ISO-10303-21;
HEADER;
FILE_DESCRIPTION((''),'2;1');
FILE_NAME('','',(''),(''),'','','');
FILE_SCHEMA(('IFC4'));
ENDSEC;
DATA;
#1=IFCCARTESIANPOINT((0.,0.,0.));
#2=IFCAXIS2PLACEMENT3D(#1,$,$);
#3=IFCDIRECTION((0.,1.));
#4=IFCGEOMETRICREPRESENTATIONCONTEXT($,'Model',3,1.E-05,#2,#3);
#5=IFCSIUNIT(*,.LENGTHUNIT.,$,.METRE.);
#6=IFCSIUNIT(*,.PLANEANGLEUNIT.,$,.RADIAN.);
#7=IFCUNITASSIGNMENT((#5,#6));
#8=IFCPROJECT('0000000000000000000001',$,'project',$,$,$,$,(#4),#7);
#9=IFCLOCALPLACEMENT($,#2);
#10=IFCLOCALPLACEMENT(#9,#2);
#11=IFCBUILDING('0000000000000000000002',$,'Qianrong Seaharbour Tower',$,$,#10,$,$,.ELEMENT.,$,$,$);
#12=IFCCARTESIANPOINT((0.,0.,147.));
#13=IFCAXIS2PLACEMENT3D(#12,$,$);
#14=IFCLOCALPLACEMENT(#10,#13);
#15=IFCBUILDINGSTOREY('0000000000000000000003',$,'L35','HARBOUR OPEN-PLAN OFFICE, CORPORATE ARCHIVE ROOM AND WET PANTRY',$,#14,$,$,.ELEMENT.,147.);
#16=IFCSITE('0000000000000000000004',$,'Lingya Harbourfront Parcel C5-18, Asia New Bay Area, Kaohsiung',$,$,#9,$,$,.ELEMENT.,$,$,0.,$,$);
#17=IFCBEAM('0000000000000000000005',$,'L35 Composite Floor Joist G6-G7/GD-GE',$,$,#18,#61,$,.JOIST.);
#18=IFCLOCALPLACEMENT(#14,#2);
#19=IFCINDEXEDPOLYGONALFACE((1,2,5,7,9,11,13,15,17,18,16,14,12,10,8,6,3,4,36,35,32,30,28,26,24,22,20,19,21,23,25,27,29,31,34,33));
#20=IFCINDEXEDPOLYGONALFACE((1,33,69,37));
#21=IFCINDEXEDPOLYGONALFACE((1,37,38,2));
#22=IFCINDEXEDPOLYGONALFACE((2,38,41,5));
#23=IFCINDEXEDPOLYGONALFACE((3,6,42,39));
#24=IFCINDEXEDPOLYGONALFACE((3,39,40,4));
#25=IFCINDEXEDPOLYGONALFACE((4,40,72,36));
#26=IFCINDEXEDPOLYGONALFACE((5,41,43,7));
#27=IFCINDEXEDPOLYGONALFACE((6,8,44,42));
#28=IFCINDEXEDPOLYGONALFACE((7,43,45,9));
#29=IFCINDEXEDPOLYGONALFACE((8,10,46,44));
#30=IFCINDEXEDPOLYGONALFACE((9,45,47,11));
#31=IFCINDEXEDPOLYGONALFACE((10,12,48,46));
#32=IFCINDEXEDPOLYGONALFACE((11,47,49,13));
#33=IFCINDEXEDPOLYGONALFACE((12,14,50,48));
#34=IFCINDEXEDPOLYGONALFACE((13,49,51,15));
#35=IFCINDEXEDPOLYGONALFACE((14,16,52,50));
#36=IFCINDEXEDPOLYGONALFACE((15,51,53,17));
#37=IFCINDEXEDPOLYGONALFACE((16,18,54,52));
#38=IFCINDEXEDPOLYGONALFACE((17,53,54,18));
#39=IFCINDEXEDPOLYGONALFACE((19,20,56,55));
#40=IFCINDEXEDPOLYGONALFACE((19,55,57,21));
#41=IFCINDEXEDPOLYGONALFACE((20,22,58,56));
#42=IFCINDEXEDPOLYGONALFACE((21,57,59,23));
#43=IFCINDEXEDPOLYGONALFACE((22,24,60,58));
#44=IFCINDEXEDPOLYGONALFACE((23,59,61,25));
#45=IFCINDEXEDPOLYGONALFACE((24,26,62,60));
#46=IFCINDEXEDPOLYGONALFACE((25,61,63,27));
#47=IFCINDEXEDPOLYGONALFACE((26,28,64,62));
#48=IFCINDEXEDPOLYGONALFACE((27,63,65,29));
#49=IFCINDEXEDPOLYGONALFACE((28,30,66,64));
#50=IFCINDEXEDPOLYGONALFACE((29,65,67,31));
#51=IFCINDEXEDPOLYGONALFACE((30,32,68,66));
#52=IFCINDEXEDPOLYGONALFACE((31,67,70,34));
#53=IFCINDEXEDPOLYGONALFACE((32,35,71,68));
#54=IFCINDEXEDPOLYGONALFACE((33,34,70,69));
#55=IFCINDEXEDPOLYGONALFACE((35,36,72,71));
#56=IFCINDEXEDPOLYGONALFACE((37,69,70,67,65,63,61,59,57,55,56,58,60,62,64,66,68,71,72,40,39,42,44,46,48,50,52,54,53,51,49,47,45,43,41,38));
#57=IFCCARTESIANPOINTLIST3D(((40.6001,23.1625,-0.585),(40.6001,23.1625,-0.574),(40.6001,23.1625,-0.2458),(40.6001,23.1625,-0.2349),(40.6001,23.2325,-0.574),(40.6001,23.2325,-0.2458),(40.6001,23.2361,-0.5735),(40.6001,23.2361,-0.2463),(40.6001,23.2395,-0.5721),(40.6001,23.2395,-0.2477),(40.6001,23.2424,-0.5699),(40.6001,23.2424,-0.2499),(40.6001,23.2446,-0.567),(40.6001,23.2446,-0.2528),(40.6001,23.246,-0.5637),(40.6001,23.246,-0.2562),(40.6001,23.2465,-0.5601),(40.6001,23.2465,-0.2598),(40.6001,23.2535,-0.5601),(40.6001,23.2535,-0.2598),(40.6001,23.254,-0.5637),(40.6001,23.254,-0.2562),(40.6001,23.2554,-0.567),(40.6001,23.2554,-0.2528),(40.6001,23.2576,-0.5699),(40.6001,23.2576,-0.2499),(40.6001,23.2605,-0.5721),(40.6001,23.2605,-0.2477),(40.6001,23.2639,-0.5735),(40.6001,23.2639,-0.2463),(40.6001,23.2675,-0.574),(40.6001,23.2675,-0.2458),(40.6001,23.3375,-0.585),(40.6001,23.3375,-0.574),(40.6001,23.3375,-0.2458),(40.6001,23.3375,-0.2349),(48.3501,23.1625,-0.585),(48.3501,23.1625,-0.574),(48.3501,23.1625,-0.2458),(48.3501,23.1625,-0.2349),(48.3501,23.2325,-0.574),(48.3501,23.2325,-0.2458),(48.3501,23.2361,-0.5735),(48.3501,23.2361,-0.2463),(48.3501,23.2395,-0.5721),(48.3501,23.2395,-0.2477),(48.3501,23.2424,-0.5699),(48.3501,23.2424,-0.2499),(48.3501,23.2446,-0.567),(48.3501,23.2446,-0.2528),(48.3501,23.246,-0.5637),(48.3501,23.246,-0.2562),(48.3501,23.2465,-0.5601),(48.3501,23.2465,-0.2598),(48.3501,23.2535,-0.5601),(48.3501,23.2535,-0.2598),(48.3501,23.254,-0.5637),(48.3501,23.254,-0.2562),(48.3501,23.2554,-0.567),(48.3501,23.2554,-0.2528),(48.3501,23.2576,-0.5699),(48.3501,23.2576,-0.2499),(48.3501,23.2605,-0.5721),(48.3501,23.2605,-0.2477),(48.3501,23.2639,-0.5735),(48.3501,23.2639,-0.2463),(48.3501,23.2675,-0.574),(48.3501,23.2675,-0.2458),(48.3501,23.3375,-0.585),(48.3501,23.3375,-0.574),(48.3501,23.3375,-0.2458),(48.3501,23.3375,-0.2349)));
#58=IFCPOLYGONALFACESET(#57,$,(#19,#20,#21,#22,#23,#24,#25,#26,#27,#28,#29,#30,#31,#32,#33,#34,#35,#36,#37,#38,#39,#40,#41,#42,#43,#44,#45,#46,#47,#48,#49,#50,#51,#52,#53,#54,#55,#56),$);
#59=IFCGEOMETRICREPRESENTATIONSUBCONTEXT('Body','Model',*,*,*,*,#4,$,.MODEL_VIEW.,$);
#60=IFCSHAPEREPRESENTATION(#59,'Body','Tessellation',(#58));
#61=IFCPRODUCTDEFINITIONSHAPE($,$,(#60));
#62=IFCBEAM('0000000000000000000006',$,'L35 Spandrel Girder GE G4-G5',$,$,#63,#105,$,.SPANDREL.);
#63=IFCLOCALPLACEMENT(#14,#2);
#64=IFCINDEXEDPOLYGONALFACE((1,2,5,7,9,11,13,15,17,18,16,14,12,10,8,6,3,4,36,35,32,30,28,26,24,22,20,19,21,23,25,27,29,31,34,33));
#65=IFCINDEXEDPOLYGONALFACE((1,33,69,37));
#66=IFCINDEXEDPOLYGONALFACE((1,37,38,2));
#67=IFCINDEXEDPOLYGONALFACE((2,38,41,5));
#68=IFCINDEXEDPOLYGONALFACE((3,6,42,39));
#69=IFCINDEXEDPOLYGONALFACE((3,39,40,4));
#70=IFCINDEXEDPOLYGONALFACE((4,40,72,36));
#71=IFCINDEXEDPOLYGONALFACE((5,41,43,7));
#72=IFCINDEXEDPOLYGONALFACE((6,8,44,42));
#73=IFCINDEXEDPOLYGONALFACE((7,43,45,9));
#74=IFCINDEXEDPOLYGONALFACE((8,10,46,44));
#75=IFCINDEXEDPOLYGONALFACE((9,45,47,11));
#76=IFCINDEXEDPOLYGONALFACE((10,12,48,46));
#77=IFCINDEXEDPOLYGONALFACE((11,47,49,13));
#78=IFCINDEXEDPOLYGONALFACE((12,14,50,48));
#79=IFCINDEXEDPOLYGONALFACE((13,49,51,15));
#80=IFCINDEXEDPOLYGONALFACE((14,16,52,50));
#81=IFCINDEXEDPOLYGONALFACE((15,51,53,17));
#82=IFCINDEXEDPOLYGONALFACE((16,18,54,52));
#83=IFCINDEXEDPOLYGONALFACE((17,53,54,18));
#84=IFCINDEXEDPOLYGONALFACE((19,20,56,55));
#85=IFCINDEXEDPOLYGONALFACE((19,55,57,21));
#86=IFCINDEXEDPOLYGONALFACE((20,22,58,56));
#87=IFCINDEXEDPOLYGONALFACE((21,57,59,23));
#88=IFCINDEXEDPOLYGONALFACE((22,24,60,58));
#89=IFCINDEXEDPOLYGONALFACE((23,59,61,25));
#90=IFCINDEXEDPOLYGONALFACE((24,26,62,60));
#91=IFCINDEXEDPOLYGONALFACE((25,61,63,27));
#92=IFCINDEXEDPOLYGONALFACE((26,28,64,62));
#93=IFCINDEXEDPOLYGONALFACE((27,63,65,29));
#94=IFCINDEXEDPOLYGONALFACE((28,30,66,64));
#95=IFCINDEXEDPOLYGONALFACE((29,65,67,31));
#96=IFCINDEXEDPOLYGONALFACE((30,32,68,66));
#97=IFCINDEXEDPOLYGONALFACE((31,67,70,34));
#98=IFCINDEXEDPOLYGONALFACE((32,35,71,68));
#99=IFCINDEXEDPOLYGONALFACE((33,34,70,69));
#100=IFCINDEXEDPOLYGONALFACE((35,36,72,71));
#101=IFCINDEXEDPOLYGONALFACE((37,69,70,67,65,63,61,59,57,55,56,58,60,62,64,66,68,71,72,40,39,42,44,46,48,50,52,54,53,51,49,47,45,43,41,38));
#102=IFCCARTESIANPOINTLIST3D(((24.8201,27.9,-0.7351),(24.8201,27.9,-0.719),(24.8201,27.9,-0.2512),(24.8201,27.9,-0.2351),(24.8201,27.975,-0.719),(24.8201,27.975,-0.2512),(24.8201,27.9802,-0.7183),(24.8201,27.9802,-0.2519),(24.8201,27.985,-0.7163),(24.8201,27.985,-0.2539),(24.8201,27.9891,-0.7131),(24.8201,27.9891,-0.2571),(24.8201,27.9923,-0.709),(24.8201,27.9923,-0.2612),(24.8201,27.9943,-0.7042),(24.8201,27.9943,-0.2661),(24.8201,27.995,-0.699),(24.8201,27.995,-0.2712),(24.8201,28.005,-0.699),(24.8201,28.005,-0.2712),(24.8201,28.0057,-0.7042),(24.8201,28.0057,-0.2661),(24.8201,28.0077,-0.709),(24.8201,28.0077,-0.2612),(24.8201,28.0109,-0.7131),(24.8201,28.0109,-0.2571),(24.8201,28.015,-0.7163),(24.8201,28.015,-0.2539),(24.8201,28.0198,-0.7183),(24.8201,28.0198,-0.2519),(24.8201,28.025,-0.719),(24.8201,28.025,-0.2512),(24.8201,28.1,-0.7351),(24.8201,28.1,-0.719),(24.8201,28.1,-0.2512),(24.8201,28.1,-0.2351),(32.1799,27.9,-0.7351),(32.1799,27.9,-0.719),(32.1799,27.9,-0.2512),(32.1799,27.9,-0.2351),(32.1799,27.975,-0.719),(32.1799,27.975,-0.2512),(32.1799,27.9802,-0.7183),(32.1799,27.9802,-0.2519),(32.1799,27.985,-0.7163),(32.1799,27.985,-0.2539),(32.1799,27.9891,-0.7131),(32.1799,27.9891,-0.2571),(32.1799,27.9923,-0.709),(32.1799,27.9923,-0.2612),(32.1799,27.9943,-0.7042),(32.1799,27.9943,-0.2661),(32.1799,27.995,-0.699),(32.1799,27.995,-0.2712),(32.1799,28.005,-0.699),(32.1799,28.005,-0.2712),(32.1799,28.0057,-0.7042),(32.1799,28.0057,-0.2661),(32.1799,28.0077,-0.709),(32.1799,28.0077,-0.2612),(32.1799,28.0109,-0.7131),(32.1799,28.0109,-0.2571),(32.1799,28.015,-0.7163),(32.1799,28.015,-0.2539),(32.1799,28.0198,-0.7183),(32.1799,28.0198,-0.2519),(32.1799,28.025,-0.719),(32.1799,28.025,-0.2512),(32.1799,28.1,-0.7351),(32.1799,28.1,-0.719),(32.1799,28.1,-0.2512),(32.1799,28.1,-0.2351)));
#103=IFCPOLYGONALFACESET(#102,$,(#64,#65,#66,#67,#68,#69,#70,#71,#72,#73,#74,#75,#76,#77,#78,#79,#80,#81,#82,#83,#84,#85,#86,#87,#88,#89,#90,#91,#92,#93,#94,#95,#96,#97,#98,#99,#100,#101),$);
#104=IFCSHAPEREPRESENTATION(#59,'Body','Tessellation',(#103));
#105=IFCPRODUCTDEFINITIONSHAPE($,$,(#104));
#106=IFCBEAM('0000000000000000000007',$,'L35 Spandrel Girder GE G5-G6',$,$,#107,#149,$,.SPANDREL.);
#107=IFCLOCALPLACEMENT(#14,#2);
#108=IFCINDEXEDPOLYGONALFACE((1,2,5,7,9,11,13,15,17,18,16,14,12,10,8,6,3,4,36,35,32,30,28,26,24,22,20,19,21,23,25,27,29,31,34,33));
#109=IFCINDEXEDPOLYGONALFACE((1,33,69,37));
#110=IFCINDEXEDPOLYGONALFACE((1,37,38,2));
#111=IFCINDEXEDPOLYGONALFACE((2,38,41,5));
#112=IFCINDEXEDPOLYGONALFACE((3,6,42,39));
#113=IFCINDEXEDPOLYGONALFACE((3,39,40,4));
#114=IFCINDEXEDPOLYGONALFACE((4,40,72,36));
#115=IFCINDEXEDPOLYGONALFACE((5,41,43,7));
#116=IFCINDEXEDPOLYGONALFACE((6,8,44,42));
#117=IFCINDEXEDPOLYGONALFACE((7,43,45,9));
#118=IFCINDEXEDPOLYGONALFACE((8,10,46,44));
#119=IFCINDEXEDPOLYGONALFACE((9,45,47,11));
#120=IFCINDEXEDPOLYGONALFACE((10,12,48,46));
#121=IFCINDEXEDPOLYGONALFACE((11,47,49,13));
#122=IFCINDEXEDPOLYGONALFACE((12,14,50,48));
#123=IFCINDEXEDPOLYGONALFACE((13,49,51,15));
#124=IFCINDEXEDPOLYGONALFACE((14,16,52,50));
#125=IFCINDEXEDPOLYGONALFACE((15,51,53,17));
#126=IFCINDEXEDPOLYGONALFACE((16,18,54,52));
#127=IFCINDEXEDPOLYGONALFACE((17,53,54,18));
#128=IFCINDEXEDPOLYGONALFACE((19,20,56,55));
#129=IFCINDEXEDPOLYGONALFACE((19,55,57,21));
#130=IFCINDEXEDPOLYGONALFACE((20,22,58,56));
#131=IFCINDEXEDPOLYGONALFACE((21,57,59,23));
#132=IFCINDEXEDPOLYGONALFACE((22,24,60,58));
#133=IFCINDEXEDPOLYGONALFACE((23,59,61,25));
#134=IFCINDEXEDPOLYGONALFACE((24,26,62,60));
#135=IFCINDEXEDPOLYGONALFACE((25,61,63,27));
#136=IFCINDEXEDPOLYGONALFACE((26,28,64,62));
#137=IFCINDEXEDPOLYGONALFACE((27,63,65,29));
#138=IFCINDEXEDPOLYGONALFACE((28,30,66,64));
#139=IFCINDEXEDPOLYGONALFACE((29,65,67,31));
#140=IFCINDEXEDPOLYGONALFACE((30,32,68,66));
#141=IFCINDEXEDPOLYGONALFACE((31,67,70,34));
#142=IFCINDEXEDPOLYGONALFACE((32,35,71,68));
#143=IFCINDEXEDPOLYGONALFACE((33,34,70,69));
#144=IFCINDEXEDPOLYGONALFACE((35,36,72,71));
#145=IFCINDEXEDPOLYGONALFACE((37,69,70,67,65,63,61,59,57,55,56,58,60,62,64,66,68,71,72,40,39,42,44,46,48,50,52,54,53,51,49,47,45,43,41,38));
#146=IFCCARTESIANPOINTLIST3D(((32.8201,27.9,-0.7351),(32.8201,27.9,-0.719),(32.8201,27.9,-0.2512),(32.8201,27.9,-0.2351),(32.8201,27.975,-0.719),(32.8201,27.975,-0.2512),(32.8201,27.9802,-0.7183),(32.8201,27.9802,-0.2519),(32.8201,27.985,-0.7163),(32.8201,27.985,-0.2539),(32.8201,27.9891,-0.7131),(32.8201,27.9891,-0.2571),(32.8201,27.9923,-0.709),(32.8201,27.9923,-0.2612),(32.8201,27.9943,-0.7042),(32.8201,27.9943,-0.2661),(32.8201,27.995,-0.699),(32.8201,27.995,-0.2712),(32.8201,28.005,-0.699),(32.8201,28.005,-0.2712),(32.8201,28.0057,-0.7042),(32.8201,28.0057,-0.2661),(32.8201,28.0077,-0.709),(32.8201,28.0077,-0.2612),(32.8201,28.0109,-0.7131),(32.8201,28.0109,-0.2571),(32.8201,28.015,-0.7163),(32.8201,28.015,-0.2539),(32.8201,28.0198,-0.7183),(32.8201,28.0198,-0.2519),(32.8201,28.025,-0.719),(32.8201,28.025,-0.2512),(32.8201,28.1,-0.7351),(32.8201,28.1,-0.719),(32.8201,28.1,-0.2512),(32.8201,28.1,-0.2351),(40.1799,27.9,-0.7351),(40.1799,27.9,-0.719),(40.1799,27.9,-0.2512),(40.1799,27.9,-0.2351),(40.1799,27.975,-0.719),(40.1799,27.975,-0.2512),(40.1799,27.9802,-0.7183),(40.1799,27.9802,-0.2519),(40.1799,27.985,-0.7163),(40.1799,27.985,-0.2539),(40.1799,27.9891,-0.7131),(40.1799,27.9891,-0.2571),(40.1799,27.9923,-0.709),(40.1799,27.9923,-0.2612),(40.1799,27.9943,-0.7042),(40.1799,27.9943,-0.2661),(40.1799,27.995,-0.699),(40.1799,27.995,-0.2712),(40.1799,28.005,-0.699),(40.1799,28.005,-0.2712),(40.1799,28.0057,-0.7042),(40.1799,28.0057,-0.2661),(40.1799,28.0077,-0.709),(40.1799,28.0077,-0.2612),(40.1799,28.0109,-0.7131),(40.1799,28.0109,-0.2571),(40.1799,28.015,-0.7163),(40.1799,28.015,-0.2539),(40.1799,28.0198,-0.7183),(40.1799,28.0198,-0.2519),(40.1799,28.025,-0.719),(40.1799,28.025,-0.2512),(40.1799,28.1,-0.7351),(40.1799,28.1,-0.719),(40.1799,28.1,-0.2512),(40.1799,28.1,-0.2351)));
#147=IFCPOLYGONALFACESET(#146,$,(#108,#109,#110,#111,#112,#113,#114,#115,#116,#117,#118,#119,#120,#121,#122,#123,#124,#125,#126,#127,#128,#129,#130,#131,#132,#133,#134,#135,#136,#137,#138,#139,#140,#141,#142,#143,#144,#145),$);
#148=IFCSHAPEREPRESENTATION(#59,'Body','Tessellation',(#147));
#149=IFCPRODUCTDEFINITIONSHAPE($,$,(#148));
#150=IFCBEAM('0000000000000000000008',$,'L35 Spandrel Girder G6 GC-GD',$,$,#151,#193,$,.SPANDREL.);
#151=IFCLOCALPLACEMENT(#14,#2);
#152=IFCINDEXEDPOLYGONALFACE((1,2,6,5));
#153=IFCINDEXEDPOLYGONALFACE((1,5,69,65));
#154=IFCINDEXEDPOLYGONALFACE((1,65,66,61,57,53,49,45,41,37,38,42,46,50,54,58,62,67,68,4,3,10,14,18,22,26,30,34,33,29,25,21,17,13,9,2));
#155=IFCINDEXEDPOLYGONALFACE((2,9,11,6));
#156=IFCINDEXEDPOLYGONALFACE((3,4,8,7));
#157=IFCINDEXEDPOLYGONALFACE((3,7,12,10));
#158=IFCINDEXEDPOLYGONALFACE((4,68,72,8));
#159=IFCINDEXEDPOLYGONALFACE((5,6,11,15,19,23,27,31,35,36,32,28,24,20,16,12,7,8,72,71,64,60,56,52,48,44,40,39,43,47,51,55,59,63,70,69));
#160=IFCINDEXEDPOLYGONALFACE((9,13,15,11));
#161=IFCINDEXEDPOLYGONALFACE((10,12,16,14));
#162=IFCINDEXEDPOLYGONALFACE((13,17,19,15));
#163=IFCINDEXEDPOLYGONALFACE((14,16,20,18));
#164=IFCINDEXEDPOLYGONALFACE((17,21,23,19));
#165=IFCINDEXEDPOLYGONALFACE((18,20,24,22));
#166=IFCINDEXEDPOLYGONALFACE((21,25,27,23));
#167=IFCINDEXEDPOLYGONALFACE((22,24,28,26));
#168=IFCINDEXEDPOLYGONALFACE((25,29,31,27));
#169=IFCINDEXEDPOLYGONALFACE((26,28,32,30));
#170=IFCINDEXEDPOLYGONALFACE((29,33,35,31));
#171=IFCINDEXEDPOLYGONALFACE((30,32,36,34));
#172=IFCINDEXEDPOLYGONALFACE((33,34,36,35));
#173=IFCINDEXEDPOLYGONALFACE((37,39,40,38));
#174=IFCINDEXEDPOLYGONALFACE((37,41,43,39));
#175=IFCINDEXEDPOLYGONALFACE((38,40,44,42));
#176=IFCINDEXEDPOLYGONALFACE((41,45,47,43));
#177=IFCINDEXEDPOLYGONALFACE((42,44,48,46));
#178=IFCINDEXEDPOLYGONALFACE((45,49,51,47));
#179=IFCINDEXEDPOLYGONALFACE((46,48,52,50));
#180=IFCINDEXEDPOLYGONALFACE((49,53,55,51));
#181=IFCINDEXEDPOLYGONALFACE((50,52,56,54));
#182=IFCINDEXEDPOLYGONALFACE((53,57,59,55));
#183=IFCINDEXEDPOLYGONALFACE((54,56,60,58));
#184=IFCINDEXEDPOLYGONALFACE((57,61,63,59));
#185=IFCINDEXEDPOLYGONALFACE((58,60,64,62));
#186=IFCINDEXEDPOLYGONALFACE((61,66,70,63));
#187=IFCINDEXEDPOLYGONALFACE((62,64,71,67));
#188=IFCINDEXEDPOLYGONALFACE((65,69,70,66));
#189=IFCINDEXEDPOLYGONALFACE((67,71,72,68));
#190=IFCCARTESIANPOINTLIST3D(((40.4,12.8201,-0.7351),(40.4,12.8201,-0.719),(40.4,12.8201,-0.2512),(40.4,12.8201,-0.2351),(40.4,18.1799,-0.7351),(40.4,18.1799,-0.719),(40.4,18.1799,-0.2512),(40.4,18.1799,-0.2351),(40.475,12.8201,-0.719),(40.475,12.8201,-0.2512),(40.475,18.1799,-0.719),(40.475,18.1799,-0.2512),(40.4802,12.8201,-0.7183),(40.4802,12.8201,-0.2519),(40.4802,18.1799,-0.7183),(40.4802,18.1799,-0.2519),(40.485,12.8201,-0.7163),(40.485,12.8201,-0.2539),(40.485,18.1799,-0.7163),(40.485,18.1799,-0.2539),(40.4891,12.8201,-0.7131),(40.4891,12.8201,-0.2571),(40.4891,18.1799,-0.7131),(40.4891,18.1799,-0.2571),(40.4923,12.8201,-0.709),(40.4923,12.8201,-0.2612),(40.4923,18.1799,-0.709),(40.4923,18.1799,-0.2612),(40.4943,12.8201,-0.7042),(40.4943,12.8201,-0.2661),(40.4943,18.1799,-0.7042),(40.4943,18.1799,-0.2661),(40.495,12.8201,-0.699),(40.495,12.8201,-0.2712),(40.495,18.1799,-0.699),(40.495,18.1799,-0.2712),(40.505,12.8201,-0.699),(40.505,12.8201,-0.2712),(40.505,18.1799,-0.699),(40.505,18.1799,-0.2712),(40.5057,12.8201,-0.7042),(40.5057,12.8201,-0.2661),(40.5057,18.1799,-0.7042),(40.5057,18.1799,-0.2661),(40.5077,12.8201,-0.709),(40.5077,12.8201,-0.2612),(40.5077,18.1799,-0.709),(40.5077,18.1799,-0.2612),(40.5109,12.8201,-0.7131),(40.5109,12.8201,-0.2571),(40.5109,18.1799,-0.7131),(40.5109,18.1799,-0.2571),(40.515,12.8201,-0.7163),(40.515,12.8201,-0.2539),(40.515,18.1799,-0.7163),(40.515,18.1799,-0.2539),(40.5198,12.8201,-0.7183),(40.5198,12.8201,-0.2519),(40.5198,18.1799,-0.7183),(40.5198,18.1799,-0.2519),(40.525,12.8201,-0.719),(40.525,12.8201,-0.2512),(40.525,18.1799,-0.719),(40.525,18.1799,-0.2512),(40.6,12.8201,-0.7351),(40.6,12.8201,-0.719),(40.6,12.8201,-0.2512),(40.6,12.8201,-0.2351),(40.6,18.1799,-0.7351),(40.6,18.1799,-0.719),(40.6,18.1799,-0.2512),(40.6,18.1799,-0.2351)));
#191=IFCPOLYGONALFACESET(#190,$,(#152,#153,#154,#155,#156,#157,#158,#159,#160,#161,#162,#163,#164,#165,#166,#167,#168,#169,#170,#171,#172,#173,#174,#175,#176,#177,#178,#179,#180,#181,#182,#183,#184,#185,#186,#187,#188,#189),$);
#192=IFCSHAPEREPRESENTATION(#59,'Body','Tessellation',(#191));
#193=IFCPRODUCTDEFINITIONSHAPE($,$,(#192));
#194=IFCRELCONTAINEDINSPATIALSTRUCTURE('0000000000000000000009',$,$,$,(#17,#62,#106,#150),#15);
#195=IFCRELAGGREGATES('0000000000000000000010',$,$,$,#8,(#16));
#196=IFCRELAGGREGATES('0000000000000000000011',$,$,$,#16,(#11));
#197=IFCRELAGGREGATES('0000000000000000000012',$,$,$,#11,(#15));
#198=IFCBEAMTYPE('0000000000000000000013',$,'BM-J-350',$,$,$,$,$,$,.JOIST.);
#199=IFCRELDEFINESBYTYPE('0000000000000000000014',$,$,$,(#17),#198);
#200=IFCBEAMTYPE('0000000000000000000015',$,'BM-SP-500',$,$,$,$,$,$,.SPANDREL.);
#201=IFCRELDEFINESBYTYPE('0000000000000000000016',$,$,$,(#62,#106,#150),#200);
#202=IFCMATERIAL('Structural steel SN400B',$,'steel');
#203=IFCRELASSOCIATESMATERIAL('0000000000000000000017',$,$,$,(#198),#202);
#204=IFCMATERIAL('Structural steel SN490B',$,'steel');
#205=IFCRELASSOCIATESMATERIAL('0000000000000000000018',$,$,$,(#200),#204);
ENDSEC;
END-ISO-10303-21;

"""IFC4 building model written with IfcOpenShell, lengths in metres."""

from ifc_helpers import new_model, si_unit, direction, frame, origin, origin_2d, place, context, subcontext, project, spatial, i_section, extrude, material, material_profile, profile_set, type_object, element, save


model = new_model("IFC4")

# Units and contexts
model_context = context("Model", 3, precision=1e-05, world=origin(), true_north=direction((0.0, 1.0)))
body_context = subcontext(model_context, "Body", "Model", "MODEL_VIEW")
ifc_project = project(units=[si_unit("LENGTHUNIT", "METRE"), si_unit("PLANEANGLEUNIT", "RADIAN")], contexts=[model_context])

# Site, building, storey
site_placement = place(None, origin())
site = spatial("IfcSite", under=ifc_project, at=site_placement, Name="Lingya Harbourfront Parcel C5-18, Asia New Bay Area, Kaohsiung", CompositionType="ELEMENT", RefElevation=0.0)
building_placement = place(site_placement, origin())
building = spatial("IfcBuilding", under=site, at=building_placement, Name="Qianrong Seaharbour Tower", CompositionType="ELEMENT")
storey_placement = place(building_placement, frame((0.0, 0.0, 147.0)))
storey = spatial("IfcBuildingStorey", under=building, at=storey_placement, Name="L35", Description="HARBOUR OPEN-PLAN OFFICE, CORPORATE ARCHIVE ROOM AND WET PANTRY", CompositionType="ELEMENT", Elevation=147.0)

# Shared definitions
ifc_material_1 = material(Name="Structural steel SN490B", Category="steel")

# Beams
ifc_material_2 = material(Name="Structural steel SN400B", Category="steel")
ifc_material_profile_1 = material_profile(ifc_material_2, i_section(OverallWidth=0.175, OverallDepth=0.3501, WebThickness=0.0071, FlangeThickness=0.011, FilletRadius=0.0139, at=origin_2d()), Name="H350x175x7x11")
ifc_profile_set_1 = profile_set([ifc_material_profile_1], Name="Structural steel SN400B")
beam_type_1 = type_object("IfcBeamType", Name="BM-J-350", PredefinedType="JOIST", material=ifc_profile_set_1)
beam_1_placement = place(storey_placement, frame((40.6001, 23.25, -0.4099), z_axis=(1.0, 0.0, 0.0), x_axis=(0.0, 1.0, 0.0)))
element("IfcBeam", 1, at=beam_1_placement, inside=storey, type_object=beam_type_1, Name="L35 Composite Floor Joist G6-G7/GD-GE", PredefinedType="JOIST", context=body_context, shape_type="SweptSolid", body=[
    extrude(i_section(OverallWidth=0.175, OverallDepth=0.3501, WebThickness=0.0071, FlangeThickness=0.011, FilletRadius=0.0139, at=origin_2d()), origin(), (0.0, 0.0, 1.0), 7.75),
])
ifc_material_profile_2 = material_profile(ifc_material_1, i_section(OverallWidth=0.2, OverallDepth=0.5, WebThickness=0.01, FlangeThickness=0.0161, FilletRadius=0.02, at=origin_2d()), Name="H500x200x10x16")
ifc_profile_set_2 = profile_set([ifc_material_profile_2], Name="Structural steel SN490B")
beam_type_2 = type_object("IfcBeamType", Name="BM-SP-500", PredefinedType="SPANDREL", material=ifc_profile_set_2)
for number, where, z_axis, x_axis, name in (
    (2, (24.8201, 28.0, -0.4851), (1.0, 0.0, 0.0), (0.0, 1.0, 0.0), "L35 Spandrel Girder GE G4-G5"),
    (3, (32.8201, 28.0, -0.4851), (1.0, 0.0, 0.0), (0.0, 1.0, 0.0), "L35 Spandrel Girder GE G5-G6"),
):
    element("IfcBeam", number, at=place(storey_placement, frame(where, z_axis=z_axis, x_axis=x_axis)), inside=storey, type_object=beam_type_2, Name=name, PredefinedType="SPANDREL", context=body_context, shape_type="SweptSolid", body=[
        extrude(i_section(OverallWidth=0.2, OverallDepth=0.5, WebThickness=0.01, FlangeThickness=0.0161, FilletRadius=0.02, at=origin_2d()), origin(), (0.0, 0.0, 1.0), 7.3599),
    ])
beam_2_placement = place(storey_placement, frame((40.5, 12.8201, -0.4851), z_axis=(0.0, 1.0, 0.0), x_axis=(-1.0, 0.0, 0.0)))
element("IfcBeam", 4, at=beam_2_placement, inside=storey, type_object=beam_type_2, Name="L35 Spandrel Girder G6 GC-GD", PredefinedType="SPANDREL", context=body_context, shape_type="SweptSolid", body=[
    extrude(i_section(OverallWidth=0.2, OverallDepth=0.5, WebThickness=0.01, FlangeThickness=0.0161, FilletRadius=0.02, at=origin_2d()), origin(), (0.0, 0.0, 1.0), 5.3599),
])

save(model, "model.ifc")
